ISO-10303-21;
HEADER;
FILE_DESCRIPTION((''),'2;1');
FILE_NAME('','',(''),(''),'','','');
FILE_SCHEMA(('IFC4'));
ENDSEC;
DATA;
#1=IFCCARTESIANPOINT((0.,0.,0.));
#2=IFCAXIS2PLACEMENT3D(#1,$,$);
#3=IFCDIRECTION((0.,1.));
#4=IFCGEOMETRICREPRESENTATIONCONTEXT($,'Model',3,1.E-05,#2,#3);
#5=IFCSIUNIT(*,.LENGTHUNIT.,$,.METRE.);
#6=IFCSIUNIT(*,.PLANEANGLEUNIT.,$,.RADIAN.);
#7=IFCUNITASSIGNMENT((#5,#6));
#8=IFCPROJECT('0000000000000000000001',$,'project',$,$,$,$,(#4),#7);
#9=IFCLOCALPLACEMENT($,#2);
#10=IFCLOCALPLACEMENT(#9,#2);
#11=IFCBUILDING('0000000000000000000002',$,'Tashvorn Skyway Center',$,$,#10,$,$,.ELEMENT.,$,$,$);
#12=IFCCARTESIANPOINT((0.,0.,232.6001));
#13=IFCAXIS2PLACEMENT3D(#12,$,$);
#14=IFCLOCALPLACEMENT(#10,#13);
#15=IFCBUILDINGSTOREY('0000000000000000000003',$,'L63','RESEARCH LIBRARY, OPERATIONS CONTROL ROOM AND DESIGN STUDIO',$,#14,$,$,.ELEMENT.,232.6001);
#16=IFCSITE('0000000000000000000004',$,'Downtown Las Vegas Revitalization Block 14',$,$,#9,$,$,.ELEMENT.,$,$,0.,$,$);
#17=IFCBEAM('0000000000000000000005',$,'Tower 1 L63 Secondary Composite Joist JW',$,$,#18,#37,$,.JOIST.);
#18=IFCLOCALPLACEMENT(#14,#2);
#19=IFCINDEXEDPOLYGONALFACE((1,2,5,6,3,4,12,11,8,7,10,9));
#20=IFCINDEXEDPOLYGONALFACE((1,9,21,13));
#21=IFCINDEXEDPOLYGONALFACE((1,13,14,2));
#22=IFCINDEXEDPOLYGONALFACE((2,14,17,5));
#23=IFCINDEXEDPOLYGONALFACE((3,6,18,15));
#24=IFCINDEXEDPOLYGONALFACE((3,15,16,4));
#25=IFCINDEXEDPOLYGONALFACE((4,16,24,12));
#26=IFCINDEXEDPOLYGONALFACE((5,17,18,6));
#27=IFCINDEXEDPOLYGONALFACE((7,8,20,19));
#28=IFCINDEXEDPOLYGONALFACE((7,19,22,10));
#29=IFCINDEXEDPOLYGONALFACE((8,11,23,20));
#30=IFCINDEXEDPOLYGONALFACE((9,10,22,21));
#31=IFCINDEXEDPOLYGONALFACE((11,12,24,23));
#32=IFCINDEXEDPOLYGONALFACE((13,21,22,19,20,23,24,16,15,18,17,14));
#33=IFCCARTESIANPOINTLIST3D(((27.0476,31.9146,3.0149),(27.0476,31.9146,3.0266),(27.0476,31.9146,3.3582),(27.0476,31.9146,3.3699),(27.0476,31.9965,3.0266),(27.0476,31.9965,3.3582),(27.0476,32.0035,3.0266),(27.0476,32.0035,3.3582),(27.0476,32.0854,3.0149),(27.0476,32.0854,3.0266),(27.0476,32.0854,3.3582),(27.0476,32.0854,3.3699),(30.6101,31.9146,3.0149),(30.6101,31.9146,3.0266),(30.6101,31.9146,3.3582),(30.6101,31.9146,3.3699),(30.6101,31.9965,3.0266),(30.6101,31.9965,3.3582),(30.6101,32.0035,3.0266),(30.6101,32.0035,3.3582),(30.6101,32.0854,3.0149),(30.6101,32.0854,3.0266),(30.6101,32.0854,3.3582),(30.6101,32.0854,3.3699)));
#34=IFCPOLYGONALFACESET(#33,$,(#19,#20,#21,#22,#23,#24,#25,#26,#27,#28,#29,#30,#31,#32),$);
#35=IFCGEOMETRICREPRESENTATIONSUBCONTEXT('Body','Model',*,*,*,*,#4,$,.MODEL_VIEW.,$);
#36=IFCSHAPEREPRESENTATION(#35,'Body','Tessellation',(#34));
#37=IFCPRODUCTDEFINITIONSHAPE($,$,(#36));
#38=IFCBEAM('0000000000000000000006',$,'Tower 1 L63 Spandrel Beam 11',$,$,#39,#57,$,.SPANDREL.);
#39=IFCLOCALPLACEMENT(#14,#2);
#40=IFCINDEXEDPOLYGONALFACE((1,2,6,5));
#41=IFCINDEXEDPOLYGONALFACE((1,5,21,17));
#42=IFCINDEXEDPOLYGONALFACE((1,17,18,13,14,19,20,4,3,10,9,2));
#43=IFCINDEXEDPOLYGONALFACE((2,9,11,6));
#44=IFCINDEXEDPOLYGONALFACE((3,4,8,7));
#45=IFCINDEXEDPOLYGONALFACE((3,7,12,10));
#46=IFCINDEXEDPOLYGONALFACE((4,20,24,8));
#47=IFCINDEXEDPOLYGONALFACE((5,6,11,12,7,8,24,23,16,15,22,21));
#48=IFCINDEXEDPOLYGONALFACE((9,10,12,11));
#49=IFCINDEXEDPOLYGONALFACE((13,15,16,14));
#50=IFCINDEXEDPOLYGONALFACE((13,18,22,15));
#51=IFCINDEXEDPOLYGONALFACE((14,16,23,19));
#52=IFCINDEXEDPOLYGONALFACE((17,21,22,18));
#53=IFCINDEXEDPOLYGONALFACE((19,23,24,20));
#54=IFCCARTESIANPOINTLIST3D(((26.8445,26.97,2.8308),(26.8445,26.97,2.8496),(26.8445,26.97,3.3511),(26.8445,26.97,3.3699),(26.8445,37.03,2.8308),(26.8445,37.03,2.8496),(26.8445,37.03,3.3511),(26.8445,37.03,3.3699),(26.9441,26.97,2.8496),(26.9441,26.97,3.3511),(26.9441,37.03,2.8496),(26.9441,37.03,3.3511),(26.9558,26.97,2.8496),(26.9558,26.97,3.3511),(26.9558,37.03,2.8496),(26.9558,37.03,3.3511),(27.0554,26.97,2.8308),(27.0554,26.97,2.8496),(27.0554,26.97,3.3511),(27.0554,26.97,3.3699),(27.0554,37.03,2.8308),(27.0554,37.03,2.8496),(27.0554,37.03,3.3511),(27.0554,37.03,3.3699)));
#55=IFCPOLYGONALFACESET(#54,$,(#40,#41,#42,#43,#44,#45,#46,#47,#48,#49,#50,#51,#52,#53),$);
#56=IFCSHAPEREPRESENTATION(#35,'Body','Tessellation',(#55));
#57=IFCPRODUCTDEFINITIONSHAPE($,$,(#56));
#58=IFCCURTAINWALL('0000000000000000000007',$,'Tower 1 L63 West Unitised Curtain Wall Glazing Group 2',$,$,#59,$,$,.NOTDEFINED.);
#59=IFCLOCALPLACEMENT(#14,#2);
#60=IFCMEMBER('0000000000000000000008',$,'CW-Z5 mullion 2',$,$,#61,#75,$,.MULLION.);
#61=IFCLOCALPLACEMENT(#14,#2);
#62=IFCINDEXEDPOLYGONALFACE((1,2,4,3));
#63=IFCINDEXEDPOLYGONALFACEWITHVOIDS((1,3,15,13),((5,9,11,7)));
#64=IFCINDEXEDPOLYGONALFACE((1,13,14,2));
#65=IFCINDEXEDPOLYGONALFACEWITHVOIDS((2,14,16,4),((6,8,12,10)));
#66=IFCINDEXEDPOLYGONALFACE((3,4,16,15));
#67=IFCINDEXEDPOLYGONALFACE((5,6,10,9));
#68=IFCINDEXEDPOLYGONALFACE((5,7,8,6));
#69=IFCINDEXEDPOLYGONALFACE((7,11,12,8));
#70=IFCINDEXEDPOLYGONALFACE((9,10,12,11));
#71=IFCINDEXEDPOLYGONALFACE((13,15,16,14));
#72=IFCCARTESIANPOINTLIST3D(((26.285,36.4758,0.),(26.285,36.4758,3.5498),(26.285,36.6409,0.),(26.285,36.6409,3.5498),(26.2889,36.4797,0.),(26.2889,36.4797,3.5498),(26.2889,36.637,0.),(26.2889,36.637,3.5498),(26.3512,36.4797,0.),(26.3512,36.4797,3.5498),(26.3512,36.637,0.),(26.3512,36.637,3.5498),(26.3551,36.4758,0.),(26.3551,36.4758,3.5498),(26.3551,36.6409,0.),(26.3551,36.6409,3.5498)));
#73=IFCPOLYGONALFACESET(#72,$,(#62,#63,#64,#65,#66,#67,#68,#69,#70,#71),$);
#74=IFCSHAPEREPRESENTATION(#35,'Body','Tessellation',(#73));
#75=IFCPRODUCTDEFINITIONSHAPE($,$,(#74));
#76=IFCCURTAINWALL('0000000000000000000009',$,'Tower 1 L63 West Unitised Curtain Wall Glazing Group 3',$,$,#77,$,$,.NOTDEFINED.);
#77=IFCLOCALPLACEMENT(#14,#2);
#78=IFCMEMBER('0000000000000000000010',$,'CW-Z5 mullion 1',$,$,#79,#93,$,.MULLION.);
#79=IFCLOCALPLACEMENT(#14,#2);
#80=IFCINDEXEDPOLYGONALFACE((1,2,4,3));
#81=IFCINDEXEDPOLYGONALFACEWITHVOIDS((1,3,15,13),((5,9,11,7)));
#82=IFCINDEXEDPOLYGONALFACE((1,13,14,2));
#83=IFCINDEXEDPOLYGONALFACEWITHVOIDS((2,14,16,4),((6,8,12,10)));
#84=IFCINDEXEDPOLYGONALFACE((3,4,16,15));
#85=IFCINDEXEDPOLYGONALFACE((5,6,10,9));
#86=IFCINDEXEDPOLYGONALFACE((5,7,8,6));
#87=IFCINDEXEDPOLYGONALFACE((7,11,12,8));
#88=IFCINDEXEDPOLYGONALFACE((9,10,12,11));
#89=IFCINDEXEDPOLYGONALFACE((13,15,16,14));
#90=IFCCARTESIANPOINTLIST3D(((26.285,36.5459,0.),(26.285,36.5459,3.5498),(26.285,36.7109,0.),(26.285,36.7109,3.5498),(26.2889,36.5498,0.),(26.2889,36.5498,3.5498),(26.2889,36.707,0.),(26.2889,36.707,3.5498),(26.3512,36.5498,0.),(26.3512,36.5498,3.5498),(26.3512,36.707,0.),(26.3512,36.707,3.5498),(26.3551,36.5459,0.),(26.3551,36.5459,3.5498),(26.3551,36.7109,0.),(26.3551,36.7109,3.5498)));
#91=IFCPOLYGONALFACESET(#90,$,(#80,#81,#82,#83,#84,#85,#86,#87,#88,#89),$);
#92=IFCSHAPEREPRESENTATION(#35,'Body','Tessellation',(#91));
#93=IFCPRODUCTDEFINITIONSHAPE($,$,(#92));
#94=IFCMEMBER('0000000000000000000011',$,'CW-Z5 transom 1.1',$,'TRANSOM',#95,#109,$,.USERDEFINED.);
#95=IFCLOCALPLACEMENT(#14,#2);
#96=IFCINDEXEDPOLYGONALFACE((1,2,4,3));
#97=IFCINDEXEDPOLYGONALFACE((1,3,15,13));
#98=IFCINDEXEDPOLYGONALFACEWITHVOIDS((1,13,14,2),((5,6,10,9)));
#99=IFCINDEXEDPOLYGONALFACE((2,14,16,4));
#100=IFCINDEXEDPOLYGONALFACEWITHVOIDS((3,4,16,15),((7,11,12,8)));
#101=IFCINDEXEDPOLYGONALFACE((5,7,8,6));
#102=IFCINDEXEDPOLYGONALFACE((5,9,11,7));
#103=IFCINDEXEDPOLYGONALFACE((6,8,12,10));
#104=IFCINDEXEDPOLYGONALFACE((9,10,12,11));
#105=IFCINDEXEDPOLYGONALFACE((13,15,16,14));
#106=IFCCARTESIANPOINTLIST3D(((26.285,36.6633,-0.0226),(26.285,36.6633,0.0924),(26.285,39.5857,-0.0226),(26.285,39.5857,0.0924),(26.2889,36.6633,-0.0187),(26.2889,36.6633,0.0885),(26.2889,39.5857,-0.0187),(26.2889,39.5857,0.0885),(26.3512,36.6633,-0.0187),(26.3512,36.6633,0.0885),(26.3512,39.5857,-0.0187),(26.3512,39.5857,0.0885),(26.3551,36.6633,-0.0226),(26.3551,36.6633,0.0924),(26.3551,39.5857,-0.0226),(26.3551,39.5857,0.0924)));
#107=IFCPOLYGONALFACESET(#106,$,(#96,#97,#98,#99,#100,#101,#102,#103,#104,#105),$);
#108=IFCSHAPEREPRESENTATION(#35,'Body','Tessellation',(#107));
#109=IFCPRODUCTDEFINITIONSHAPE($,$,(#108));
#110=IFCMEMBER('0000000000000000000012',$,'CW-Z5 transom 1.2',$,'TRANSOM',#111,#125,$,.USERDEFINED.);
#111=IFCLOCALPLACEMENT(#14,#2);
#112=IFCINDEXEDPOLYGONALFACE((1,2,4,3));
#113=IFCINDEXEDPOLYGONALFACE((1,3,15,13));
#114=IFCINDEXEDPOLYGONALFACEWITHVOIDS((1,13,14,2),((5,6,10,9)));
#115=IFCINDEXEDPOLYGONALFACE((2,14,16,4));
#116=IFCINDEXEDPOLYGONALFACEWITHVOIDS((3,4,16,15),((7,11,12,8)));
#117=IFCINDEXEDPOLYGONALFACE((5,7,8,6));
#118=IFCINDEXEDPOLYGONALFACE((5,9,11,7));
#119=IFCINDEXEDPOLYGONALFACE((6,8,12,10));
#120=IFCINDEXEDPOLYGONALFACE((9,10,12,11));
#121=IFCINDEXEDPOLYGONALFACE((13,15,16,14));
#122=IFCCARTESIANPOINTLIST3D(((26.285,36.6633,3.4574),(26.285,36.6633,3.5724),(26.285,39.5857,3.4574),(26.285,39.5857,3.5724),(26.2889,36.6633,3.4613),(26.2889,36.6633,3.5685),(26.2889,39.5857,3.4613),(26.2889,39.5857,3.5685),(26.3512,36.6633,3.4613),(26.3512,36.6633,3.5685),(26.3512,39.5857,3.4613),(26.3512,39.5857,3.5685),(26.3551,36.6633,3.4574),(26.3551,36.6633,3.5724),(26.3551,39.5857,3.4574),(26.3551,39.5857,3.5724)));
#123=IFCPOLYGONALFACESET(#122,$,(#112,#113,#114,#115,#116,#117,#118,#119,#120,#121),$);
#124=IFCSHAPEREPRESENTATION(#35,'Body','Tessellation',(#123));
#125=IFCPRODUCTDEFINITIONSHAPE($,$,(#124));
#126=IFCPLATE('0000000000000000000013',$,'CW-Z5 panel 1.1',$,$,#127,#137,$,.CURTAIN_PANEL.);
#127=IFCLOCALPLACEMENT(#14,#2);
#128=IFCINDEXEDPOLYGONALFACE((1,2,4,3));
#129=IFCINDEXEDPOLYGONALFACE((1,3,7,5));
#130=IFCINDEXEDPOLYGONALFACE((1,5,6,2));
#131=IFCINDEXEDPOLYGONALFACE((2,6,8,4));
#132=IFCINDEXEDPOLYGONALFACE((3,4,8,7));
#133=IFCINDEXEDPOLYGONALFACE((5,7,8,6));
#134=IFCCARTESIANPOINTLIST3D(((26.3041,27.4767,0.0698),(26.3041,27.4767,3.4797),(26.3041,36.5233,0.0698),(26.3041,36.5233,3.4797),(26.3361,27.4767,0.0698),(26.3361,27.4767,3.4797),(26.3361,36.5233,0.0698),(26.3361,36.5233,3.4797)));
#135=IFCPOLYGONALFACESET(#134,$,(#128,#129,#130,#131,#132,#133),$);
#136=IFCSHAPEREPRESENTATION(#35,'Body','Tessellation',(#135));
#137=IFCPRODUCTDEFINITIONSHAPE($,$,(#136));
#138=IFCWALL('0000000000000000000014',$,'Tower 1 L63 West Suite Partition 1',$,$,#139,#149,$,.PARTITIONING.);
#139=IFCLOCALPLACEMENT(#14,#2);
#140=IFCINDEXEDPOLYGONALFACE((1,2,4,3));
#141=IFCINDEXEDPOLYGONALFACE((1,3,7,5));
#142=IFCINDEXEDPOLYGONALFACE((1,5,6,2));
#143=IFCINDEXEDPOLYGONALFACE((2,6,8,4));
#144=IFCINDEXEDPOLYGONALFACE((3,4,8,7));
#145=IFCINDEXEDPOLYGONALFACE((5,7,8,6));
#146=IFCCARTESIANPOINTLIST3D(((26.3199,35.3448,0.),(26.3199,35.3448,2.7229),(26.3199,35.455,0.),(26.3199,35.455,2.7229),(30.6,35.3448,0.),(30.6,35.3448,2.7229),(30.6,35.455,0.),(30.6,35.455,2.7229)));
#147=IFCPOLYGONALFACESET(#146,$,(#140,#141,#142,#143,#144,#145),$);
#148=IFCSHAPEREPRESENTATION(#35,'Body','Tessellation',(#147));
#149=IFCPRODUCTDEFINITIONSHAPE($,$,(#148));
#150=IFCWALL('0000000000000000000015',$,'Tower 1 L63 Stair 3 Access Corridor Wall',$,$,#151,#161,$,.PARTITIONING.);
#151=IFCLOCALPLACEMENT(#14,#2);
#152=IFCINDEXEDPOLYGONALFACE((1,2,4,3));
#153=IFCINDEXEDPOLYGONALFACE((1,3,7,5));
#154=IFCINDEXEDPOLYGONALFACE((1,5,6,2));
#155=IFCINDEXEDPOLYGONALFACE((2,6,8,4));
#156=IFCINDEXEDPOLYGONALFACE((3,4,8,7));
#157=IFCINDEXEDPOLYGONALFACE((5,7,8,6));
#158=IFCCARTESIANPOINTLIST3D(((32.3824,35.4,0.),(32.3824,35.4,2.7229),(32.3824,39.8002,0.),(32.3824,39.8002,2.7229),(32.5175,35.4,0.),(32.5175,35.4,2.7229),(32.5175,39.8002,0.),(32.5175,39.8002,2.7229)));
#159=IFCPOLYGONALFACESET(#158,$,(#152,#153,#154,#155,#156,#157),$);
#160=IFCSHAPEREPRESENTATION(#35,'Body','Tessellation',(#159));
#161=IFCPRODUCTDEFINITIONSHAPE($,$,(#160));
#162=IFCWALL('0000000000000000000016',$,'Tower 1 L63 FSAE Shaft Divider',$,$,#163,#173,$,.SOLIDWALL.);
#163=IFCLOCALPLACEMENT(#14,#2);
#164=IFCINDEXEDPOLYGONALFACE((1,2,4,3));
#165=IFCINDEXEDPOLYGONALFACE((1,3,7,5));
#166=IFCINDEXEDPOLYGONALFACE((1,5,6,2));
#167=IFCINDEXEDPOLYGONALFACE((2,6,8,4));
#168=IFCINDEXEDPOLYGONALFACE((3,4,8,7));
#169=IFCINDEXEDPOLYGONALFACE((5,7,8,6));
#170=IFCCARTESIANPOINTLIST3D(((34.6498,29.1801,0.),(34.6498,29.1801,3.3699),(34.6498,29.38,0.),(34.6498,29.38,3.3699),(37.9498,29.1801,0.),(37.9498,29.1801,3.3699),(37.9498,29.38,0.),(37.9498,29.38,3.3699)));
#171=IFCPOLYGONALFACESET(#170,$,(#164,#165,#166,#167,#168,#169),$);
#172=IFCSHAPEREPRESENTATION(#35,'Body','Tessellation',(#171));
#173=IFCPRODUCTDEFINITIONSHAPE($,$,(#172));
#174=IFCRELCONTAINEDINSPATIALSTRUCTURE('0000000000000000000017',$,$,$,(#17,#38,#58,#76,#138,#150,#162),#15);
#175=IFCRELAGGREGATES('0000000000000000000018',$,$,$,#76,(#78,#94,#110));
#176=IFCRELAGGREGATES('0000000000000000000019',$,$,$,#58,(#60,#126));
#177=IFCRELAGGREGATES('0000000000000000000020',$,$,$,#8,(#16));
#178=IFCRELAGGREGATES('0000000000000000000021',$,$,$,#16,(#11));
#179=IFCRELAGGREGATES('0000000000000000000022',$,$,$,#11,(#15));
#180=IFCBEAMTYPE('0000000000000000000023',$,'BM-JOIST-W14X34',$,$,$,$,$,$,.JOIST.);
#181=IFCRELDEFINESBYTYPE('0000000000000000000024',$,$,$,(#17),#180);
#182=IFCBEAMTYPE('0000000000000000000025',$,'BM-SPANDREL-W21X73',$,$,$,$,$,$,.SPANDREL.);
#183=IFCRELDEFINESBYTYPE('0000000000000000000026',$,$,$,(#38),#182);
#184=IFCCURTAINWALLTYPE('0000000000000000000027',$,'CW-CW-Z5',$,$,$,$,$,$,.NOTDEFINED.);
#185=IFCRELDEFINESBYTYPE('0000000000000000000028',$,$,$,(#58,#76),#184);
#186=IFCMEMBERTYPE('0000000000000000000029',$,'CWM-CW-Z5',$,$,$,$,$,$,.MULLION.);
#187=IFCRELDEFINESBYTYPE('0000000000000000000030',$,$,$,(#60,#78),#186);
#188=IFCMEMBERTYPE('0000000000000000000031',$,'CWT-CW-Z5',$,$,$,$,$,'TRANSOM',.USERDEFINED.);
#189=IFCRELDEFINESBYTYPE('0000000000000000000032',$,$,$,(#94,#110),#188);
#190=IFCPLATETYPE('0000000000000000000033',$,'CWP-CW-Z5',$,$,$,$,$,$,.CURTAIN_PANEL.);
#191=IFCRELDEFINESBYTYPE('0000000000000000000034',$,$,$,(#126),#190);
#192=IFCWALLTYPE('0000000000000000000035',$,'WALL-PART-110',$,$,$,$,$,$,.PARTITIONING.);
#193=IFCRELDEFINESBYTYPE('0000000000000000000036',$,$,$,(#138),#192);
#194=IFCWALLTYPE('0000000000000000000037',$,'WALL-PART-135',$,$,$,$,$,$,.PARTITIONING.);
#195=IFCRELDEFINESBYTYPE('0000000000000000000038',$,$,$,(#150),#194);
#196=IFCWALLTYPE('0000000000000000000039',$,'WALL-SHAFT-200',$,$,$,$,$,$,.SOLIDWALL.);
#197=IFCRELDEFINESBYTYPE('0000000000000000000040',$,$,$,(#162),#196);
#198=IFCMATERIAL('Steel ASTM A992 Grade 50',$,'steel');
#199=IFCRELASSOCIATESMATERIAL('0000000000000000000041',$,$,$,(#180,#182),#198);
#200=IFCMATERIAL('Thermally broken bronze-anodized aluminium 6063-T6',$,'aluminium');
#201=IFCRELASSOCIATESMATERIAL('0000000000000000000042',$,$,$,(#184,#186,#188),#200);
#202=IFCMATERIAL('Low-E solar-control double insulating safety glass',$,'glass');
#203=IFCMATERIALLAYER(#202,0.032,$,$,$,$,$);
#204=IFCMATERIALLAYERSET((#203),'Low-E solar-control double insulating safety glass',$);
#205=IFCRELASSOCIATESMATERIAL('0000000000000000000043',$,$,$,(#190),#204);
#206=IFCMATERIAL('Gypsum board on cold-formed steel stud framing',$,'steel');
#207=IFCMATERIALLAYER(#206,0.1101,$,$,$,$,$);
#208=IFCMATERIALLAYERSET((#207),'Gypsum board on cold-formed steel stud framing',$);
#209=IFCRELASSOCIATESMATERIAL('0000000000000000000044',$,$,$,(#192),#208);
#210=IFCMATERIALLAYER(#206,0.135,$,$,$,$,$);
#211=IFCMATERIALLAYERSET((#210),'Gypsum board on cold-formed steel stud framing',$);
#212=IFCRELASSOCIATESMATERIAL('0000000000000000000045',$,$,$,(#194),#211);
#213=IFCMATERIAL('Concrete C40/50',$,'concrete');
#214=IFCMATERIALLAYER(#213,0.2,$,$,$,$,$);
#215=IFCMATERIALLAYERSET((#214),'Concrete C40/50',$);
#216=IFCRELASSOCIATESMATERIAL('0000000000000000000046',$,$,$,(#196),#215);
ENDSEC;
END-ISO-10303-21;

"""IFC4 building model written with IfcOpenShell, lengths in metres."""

from ifc_helpers import new_model, si_unit, direction, frame, frame_2d, origin, origin_2d, place, context, subcontext, project, spatial, rectangle, hollow_rectangle, i_section, extrude, material, layer, layer_set, material_profile, profile_set, type_object, element, aggregate, save


model = new_model("IFC4")

# Units and contexts
model_context = context("Model", 3, precision=1e-05, world=origin(), true_north=direction((0.0, 1.0)))
body_context = subcontext(model_context, "Body", "Model", "MODEL_VIEW")
ifc_project = project(units=[si_unit("LENGTHUNIT", "METRE"), si_unit("PLANEANGLEUNIT", "RADIAN")], contexts=[model_context])

# Site, building, storey
site_placement = place(None, origin())
site = spatial("IfcSite", under=ifc_project, at=site_placement, Name="Downtown Las Vegas Revitalization Block 14", CompositionType="ELEMENT", RefElevation=0.0)
building_placement = place(site_placement, origin())
building = spatial("IfcBuilding", under=site, at=building_placement, Name="Tashvorn Skyway Center", CompositionType="ELEMENT")
storey_placement = place(building_placement, frame((0.0, 0.0, 232.6001)))
storey = spatial("IfcBuildingStorey", under=building, at=storey_placement, Name="L63", Description="RESEARCH LIBRARY, OPERATIONS CONTROL ROOM AND DESIGN STUDIO", CompositionType="ELEMENT", Elevation=232.6001)

# Beams
ifc_material_1 = material(Name="Steel ASTM A992 Grade 50", Category="steel")
ifc_material_profile_1 = material_profile(ifc_material_1, i_section(OverallWidth=0.1709, OverallDepth=0.355, WebThickness=0.0071, FlangeThickness=0.0117, at=origin_2d()), Name="W14X34")
ifc_profile_set_1 = profile_set([ifc_material_profile_1], Name="Steel ASTM A992 Grade 50")
beam_type_1 = type_object("IfcBeamType", Name="BM-JOIST-W14X34", PredefinedType="JOIST", material=ifc_profile_set_1)
beam_1_placement = place(storey_placement, frame((30.6101, 32.0, 3.1924), z_axis=(-1.0, 0.0, 0.0), x_axis=(0.0, -1.0, 0.0)))
element("IfcBeam", 1, at=beam_1_placement, inside=storey, type_object=beam_type_1, Name="Tower 1 L63 Secondary Composite Joist JW", PredefinedType="JOIST", context=body_context, shape_type="SweptSolid", body=[
    extrude(i_section(OverallWidth=0.1709, OverallDepth=0.355, WebThickness=0.0071, FlangeThickness=0.0117, at=origin_2d()), origin(), (0.0, 0.0, 1.0), 3.5625),
])
ifc_material_profile_2 = material_profile(ifc_material_1, i_section(OverallWidth=0.2109, OverallDepth=0.5391, WebThickness=0.0117, FlangeThickness=0.0188, at=origin_2d()), Name="W21X73")
ifc_profile_set_2 = profile_set([ifc_material_profile_2], Name="Steel ASTM A992 Grade 50")
beam_type_2 = type_object("IfcBeamType", Name="BM-SPANDREL-W21X73", PredefinedType="SPANDREL", material=ifc_profile_set_2)
beam_2_placement = place(storey_placement, frame((26.95, 37.03, 3.1003), z_axis=(0.0, -1.0, 0.0), x_axis=(1.0, 0.0, 0.0)))
element("IfcBeam", 2, at=beam_2_placement, inside=storey, type_object=beam_type_2, Name="Tower 1 L63 Spandrel Beam 11", PredefinedType="SPANDREL", context=body_context, shape_type="SweptSolid", body=[
    extrude(i_section(OverallWidth=0.2109, OverallDepth=0.5391, WebThickness=0.0117, FlangeThickness=0.0188, at=origin_2d()), origin(), (0.0, 0.0, 1.0), 10.0601),
])

# Curtain wall, member
ifc_material_2 = material(Name="Thermally broken bronze-anodized aluminium 6063-T6", Category="aluminium")
curtain_wall_type = type_object("IfcCurtainWallType", Name="CW-CW-Z5", PredefinedType="NOTDEFINED", material=ifc_material_2)
curtain_wall_1_placement = place(storey_placement, origin())
curtain_wall_1 = element("IfcCurtainWall", 3, at=curtain_wall_1_placement, inside=storey, type_object=curtain_wall_type, Name="Tower 1 L63 West Unitised Curtain Wall Glazing Group 2", PredefinedType="NOTDEFINED")
ifc_material_profile_3 = material_profile(ifc_material_2, hollow_rectangle(XDim=0.0701, YDim=0.165, WallThickness=0.0039, at=origin_2d()), Name="ALU-MULL-70x165")
ifc_profile_set_3 = profile_set([ifc_material_profile_3], Name="Thermally broken bronze-anodized aluminium 6063-T6")
member_type_1 = type_object("IfcMemberType", Name="CWM-CW-Z5", PredefinedType="MULLION", material=ifc_profile_set_3)
member_1_placement = place(storey_placement, frame((26.3201, 36.5583, 0.0), z_axis=(0.0, 0.0, 1.0), x_axis=(-1.0, 0.0, 0.0)))
member_1 = element("IfcMember", 4, at=member_1_placement, type_object=member_type_1, Name="CW-Z5 mullion 2", PredefinedType="MULLION", context=body_context, shape_type="SweptSolid", body=[
    extrude(hollow_rectangle(XDim=0.0701, YDim=0.165, WallThickness=0.0039, at=origin_2d()), origin(), (0.0, 0.0, 1.0), 3.5498),
])

# Curtain wall, members
curtain_wall_2_placement = place(storey_placement, origin())
curtain_wall_2 = element("IfcCurtainWall", 5, at=curtain_wall_2_placement, inside=storey, type_object=curtain_wall_type, Name="Tower 1 L63 West Unitised Curtain Wall Glazing Group 3", PredefinedType="NOTDEFINED")
member_2_placement = place(storey_placement, frame((26.3201, 36.6284, 0.0), z_axis=(0.0, 0.0, 1.0), x_axis=(-1.0, 0.0, 0.0)))
member_2 = element("IfcMember", 6, at=member_2_placement, type_object=member_type_1, Name="CW-Z5 mullion 1", PredefinedType="MULLION", context=body_context, shape_type="SweptSolid", body=[
    extrude(hollow_rectangle(XDim=0.0701, YDim=0.165, WallThickness=0.0039, at=origin_2d()), origin(), (0.0, 0.0, 1.0), 3.5498),
])
ifc_material_profile_4 = material_profile(ifc_material_2, hollow_rectangle(XDim=0.0701, YDim=0.115, WallThickness=0.0039, at=origin_2d()), Name="ALU-TRAN-70x115")
ifc_profile_set_4 = profile_set([ifc_material_profile_4], Name="Thermally broken bronze-anodized aluminium 6063-T6")
member_type_2 = type_object("IfcMemberType", Name="CWT-CW-Z5", ElementType="TRANSOM", PredefinedType="USERDEFINED", material=ifc_profile_set_4)
member_3_placement = place(storey_placement, frame((26.3201, 36.6633, 0.0349), z_axis=(0.0, 1.0, 0.0), x_axis=(-1.0, 0.0, 0.0)))
member_3 = element("IfcMember", 7, at=member_3_placement, type_object=member_type_2, Name="CW-Z5 transom 1.1", ObjectType="TRANSOM", PredefinedType="USERDEFINED", context=body_context, shape_type="SweptSolid", body=[
    extrude(hollow_rectangle(XDim=0.0701, YDim=0.115, WallThickness=0.0039, at=origin_2d()), origin(), (0.0, 0.0, 1.0), 2.9224),
])
member_4_placement = place(storey_placement, frame((26.3201, 36.6633, 3.5149), z_axis=(0.0, 1.0, 0.0), x_axis=(-1.0, 0.0, 0.0)))
member_4 = element("IfcMember", 8, at=member_4_placement, type_object=member_type_2, Name="CW-Z5 transom 1.2", ObjectType="TRANSOM", PredefinedType="USERDEFINED", context=body_context, shape_type="SweptSolid", body=[
    extrude(hollow_rectangle(XDim=0.0701, YDim=0.115, WallThickness=0.0039, at=origin_2d()), origin(), (0.0, 0.0, 1.0), 2.9224),
])
aggregate(curtain_wall_2, [member_2, member_3, member_4])

# Plate
ifc_material_3 = material(Name="Low-E solar-control double insulating safety glass", Category="glass")
ifc_layer_1 = layer(ifc_material_3, 0.032)
ifc_layer_set_1 = layer_set([ifc_layer_1], Name="Low-E solar-control double insulating safety glass")
plate_type = type_object("IfcPlateType", Name="CWP-CW-Z5", PredefinedType="CURTAIN_PANEL", material=ifc_layer_set_1)
plate_placement = place(storey_placement, frame((26.3201, 32.0, 0.0698), z_axis=(0.0, 0.0, 1.0), x_axis=(0.0, 1.0, 0.0)))
plate = element("IfcPlate", 9, at=plate_placement, type_object=plate_type, Name="CW-Z5 panel 1.1", PredefinedType="CURTAIN_PANEL", context=body_context, shape_type="SweptSolid", body=[
    extrude(rectangle(XDim=9.0466, YDim=0.032, at=origin_2d()), origin(), (0.0, 0.0, 1.0), 3.4099),
])
aggregate(curtain_wall_1, [member_1, plate])

# Walls
ifc_material_4 = material(Name="Gypsum board on cold-formed steel stud framing", Category="steel")
ifc_layer_2 = layer(ifc_material_4, 0.1101)
ifc_layer_set_2 = layer_set([ifc_layer_2], Name="Gypsum board on cold-formed steel stud framing")
wall_type_1 = type_object("IfcWallType", Name="WALL-PART-110", PredefinedType="PARTITIONING", material=ifc_layer_set_2)
wall_1_placement = place(storey_placement, frame((30.6001, 35.3999, 0.0), z_axis=(0.0, 0.0, 1.0), x_axis=(-1.0, 0.0, 0.0)))
element("IfcWall", 10, at=wall_1_placement, inside=storey, type_object=wall_type_1, Name="Tower 1 L63 West Suite Partition 1", PredefinedType="PARTITIONING", context=body_context, shape_type="SweptSolid", body=[
    extrude(rectangle(XDim=4.28, YDim=0.1101, at=frame_2d((2.1401, 0.0))), origin(), (0.0, 0.0, 1.0), 2.7229),
])
ifc_layer_3 = layer(ifc_material_4, 0.135)
ifc_layer_set_3 = layer_set([ifc_layer_3], Name="Gypsum board on cold-formed steel stud framing")
wall_type_2 = type_object("IfcWallType", Name="WALL-PART-135", PredefinedType="PARTITIONING", material=ifc_layer_set_3)
wall_2_placement = place(storey_placement, frame((32.45, 35.3999, 0.0), z_axis=(0.0, 0.0, 1.0), x_axis=(0.0, 1.0, 0.0)))
element("IfcWall", 11, at=wall_2_placement, inside=storey, type_object=wall_type_2, Name="Tower 1 L63 Stair 3 Access Corridor Wall", PredefinedType="PARTITIONING", context=body_context, shape_type="SweptSolid", body=[
    extrude(rectangle(XDim=4.4001, YDim=0.135, at=frame_2d((2.2002, 0.0))), origin(), (0.0, 0.0, 1.0), 2.7229),
])
ifc_material_5 = material(Name="Concrete C40/50", Category="concrete")
ifc_layer_4 = layer(ifc_material_5, 0.2)
ifc_layer_set_4 = layer_set([ifc_layer_4], Name="Concrete C40/50")
wall_type_3 = type_object("IfcWallType", Name="WALL-SHAFT-200", PredefinedType="SOLIDWALL", material=ifc_layer_set_4)
wall_3_placement = place(storey_placement, frame((34.6499, 29.28, 0.0), z_axis=(0.0, 0.0, 1.0), x_axis=(1.0, 0.0, 0.0)))
element("IfcWall", 12, at=wall_3_placement, inside=storey, type_object=wall_type_3, Name="Tower 1 L63 FSAE Shaft Divider", PredefinedType="SOLIDWALL", context=body_context, shape_type="SweptSolid", body=[
    extrude(rectangle(XDim=3.3, YDim=0.2, at=frame_2d((1.6499, 0.0))), origin(), (0.0, 0.0, 1.0), 3.3699),
])

save(model, "model.ifc")
